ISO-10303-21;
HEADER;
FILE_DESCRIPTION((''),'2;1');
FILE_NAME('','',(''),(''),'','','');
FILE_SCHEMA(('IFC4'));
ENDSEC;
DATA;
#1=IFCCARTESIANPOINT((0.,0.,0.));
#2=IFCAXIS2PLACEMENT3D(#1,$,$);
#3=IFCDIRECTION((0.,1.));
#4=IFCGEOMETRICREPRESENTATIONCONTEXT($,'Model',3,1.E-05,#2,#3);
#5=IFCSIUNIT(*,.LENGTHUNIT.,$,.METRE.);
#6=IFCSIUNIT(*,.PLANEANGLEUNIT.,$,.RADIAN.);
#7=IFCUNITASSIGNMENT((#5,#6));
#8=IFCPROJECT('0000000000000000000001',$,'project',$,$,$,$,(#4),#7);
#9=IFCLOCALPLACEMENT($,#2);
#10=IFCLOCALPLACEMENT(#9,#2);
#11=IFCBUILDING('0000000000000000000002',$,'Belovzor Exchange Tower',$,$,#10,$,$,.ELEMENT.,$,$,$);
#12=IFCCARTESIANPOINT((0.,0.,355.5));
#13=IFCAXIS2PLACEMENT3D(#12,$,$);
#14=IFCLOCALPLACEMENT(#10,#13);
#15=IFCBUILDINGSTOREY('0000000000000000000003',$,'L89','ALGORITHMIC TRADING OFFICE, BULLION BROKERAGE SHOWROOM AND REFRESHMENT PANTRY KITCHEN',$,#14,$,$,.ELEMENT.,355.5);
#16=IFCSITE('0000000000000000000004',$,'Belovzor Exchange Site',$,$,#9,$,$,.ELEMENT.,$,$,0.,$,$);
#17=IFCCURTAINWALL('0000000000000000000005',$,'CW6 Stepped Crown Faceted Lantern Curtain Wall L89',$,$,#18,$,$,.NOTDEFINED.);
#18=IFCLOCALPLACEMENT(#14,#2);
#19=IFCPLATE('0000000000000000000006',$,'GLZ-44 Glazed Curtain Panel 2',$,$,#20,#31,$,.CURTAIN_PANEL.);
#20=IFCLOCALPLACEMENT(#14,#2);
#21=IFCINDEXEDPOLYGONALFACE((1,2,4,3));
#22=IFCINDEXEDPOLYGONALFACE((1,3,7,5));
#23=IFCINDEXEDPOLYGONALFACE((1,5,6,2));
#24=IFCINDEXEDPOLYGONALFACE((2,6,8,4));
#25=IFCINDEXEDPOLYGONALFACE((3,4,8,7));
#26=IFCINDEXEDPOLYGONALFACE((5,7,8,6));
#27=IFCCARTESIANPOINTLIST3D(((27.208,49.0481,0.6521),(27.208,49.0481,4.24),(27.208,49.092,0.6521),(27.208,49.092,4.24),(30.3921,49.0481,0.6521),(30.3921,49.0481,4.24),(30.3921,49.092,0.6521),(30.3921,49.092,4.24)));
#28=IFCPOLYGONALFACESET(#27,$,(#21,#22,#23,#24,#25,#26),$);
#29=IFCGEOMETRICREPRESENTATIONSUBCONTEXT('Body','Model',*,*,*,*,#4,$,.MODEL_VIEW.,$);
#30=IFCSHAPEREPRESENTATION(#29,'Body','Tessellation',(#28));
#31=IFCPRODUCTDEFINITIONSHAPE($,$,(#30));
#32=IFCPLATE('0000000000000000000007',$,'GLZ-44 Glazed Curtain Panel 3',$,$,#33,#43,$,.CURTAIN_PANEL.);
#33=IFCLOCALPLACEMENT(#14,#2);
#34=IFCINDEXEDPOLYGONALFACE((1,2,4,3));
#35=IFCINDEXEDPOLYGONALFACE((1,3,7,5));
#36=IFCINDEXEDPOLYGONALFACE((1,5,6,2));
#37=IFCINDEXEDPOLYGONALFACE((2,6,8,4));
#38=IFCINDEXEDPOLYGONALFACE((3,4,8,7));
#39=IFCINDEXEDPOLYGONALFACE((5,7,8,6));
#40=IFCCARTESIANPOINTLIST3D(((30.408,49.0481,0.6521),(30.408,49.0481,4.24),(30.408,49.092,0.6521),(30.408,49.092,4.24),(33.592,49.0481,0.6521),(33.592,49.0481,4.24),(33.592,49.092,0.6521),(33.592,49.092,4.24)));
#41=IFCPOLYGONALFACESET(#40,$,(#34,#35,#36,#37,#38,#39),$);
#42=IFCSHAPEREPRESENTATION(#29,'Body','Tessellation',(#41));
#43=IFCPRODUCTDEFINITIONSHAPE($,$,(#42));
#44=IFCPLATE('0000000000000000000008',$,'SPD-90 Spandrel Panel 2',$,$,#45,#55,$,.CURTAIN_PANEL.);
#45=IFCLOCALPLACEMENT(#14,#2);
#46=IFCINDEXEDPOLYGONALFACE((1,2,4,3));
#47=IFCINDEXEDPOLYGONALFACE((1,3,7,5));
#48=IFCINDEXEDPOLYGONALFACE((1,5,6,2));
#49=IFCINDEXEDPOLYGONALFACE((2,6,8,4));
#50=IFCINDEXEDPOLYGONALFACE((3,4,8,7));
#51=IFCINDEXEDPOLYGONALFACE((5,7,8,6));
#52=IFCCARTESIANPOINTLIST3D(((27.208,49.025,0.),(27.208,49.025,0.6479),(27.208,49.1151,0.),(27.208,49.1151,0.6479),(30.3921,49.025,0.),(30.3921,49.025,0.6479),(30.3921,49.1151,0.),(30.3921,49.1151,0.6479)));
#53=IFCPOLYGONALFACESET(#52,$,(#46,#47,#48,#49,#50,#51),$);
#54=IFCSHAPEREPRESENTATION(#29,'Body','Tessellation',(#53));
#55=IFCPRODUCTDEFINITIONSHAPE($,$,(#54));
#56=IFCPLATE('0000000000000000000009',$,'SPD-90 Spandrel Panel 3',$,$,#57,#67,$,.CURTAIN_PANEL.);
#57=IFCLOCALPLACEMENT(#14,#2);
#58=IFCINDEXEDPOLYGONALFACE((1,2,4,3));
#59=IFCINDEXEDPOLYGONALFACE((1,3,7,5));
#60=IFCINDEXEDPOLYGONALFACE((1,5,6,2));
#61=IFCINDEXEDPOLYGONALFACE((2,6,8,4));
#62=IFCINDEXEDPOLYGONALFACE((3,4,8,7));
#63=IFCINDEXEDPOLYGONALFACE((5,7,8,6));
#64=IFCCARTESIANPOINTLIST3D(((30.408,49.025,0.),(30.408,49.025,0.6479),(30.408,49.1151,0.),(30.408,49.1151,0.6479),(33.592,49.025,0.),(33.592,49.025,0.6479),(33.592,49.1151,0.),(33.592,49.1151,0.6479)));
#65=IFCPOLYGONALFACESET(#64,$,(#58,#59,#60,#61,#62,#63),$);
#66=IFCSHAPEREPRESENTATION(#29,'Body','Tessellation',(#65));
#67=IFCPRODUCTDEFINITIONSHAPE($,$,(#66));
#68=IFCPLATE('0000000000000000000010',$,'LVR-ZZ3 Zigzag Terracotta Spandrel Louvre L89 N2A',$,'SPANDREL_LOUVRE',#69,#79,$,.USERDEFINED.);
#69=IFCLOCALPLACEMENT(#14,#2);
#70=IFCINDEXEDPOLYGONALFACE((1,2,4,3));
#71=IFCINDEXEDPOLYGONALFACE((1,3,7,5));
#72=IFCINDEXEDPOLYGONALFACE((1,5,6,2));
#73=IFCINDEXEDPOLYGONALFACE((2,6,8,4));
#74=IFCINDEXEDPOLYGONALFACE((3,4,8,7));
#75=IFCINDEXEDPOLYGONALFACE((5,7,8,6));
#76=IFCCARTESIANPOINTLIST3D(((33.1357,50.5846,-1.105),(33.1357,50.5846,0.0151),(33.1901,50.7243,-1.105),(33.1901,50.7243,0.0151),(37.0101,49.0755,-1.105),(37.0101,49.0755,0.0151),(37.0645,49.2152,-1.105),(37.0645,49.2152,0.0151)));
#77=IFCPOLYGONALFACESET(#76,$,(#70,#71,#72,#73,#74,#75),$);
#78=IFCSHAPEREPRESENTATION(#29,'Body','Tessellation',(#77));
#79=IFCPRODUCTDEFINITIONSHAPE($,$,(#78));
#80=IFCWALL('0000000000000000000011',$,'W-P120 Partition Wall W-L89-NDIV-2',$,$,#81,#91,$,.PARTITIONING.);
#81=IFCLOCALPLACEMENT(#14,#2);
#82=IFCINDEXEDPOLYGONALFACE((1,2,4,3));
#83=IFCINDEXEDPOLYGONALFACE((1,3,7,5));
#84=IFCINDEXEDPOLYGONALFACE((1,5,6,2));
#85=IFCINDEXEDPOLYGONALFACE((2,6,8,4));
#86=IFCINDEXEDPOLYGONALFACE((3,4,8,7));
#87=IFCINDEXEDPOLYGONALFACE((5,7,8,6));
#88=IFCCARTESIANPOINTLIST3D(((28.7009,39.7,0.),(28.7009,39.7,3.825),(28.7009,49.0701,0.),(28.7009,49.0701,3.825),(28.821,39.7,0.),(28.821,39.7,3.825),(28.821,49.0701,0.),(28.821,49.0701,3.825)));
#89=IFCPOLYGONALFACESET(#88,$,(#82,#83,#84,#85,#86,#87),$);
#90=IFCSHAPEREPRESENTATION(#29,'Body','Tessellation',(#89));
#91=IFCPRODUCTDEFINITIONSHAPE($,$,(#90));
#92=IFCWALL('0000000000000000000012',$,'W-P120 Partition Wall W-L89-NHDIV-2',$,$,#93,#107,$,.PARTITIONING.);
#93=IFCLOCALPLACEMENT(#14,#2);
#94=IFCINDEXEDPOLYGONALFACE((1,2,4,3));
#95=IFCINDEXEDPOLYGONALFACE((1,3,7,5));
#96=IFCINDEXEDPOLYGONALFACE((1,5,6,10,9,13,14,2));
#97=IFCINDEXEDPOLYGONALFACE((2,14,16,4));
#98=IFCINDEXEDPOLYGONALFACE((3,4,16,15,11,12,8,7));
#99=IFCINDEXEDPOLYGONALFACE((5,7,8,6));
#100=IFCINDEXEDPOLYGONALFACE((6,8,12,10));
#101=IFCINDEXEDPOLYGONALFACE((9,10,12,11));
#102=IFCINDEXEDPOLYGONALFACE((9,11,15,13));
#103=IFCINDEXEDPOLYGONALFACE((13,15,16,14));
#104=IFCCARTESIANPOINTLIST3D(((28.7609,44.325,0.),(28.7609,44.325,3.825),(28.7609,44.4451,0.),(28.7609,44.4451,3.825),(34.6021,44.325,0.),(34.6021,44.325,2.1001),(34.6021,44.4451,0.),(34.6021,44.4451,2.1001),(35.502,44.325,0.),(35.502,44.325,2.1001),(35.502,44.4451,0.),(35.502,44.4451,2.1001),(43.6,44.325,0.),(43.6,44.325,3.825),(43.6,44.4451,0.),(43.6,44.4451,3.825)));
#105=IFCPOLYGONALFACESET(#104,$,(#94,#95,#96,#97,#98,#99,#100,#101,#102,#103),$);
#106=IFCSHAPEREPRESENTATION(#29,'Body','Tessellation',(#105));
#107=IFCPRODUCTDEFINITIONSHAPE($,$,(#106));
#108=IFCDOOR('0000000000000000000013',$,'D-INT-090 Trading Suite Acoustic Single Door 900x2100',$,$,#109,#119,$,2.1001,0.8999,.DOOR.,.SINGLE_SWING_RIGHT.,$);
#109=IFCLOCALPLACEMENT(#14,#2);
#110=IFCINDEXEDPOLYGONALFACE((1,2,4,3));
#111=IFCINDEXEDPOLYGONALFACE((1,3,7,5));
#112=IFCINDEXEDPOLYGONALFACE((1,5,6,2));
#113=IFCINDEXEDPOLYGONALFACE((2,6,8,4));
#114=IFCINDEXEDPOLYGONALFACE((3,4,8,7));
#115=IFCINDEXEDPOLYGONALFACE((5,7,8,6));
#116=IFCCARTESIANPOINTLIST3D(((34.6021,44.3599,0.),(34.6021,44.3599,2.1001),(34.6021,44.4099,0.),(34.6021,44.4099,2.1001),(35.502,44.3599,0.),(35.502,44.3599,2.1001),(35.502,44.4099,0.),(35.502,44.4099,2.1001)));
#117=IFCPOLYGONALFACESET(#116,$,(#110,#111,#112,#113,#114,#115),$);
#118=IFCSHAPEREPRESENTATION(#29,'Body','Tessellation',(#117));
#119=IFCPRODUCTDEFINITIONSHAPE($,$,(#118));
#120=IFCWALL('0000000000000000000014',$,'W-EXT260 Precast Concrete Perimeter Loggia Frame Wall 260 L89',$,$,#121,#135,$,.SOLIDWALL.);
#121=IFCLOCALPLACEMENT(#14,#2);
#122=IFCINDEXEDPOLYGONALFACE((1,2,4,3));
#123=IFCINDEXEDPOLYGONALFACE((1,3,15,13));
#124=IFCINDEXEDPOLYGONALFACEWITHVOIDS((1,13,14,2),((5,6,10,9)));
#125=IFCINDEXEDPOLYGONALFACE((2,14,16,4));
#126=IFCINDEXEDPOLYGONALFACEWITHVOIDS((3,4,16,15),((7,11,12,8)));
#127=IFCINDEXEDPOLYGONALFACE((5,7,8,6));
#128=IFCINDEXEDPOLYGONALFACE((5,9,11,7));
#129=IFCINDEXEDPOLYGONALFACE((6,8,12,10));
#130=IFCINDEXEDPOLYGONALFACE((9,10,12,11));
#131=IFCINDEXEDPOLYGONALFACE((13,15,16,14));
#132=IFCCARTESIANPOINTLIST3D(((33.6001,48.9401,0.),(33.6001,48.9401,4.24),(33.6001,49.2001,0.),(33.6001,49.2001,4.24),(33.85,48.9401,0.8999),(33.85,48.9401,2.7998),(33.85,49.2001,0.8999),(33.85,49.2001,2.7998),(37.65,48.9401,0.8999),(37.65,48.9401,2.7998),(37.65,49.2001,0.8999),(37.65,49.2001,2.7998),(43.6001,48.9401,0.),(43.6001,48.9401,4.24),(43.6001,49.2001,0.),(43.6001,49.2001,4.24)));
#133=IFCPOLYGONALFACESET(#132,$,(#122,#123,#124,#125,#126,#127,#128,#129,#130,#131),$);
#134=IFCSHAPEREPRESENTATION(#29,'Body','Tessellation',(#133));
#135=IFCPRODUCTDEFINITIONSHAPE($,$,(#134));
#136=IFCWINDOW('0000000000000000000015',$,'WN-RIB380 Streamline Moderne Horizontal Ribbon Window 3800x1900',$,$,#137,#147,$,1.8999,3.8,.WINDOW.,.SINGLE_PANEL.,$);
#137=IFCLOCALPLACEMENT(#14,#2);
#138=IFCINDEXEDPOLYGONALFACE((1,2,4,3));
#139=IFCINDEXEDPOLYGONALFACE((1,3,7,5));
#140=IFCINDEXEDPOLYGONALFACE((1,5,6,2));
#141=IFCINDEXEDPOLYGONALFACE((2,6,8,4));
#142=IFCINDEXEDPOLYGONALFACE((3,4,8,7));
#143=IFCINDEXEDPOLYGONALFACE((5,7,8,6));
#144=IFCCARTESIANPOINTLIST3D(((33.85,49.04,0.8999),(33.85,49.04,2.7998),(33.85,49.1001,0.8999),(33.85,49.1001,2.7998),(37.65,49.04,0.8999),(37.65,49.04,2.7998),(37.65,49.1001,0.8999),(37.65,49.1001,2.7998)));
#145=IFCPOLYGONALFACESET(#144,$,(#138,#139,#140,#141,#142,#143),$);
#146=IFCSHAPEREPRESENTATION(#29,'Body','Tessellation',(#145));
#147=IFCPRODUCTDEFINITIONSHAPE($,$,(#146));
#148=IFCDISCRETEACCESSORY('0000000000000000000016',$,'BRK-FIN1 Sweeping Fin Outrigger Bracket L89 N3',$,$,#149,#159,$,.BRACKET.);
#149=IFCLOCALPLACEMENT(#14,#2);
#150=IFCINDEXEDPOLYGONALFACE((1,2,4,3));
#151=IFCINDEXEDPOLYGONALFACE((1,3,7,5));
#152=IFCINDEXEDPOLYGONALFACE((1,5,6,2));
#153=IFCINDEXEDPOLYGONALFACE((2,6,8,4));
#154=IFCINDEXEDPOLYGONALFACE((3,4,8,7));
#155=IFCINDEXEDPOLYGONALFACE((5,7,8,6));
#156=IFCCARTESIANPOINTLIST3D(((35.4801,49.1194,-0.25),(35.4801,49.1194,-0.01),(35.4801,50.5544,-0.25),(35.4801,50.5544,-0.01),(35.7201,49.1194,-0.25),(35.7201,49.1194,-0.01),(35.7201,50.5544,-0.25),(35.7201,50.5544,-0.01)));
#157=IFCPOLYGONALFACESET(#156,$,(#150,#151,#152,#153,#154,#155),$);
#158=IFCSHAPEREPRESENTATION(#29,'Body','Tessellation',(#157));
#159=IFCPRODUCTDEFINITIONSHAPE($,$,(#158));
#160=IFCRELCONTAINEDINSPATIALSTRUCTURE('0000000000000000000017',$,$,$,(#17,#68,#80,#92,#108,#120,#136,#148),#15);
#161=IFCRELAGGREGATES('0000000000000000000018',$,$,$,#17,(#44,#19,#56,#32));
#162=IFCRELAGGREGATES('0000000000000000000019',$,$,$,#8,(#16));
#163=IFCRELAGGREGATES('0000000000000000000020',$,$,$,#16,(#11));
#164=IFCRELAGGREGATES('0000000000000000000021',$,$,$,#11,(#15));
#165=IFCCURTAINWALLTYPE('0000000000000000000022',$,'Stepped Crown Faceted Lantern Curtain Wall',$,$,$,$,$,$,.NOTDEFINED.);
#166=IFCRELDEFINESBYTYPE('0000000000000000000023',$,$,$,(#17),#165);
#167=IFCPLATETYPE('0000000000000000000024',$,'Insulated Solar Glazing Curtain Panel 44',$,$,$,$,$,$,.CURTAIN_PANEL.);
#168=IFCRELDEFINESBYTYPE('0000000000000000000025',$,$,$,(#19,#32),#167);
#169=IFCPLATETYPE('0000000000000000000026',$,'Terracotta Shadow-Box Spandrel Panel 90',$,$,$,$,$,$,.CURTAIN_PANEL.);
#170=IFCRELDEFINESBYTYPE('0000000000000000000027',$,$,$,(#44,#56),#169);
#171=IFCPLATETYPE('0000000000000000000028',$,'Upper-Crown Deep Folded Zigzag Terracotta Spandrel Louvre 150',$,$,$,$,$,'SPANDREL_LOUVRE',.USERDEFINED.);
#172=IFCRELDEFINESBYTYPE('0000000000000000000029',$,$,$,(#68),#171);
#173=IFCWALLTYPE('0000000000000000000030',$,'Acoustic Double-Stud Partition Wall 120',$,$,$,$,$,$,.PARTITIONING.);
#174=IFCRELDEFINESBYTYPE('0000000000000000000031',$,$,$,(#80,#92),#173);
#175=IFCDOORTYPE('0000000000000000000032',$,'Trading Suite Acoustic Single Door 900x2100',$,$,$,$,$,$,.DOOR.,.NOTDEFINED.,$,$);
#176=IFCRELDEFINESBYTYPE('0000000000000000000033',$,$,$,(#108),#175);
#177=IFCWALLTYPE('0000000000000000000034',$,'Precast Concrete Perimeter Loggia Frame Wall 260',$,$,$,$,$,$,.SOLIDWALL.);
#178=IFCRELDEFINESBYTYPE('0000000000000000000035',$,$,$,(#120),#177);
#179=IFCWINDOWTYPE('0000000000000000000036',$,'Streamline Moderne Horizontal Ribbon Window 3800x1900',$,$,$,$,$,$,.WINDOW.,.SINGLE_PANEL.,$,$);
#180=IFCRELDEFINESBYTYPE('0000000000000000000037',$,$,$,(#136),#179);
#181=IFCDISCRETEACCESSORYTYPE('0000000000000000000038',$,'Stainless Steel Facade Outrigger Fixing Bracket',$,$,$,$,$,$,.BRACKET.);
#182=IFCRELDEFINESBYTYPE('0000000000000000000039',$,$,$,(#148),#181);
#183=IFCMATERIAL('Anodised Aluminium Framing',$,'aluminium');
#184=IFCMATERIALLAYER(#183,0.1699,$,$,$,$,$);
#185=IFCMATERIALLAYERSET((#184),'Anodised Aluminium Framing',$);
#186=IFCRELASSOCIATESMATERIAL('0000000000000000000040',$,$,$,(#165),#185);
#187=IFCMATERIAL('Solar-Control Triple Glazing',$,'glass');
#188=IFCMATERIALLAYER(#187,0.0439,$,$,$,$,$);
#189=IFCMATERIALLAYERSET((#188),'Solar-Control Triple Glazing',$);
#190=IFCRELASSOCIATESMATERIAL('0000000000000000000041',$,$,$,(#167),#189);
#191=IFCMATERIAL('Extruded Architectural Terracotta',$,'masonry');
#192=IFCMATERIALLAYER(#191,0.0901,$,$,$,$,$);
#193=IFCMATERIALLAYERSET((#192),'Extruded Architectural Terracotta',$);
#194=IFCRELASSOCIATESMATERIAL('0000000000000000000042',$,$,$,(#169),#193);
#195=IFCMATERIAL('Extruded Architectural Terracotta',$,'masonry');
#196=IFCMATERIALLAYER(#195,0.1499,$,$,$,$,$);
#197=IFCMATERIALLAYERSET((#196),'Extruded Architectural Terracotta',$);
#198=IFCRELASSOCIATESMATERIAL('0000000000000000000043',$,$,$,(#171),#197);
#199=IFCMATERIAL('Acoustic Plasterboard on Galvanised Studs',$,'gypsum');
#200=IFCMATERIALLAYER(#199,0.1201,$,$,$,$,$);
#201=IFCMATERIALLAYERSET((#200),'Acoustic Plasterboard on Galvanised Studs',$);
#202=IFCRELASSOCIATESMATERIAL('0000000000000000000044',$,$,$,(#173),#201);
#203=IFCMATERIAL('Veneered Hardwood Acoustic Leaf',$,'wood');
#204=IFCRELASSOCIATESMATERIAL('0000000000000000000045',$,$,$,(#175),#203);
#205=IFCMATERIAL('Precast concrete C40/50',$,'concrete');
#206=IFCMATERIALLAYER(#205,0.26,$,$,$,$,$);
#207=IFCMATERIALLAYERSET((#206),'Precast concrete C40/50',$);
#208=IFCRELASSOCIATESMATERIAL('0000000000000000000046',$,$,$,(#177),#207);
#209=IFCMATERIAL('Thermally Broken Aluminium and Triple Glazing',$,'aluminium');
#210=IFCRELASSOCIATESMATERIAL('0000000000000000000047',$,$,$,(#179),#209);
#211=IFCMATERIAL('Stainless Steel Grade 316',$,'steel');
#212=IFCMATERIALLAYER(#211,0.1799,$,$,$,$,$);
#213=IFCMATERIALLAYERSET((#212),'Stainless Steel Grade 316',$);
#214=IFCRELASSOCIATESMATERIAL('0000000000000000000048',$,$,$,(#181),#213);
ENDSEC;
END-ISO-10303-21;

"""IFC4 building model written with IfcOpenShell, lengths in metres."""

from ifc_helpers import new_model, si_unit, direction, frame, frame_2d, origin, origin_2d, place, context, subcontext, project, spatial, rectangle, extrude, material, layer, layer_set, type_object, element, fill, aggregate, save


model = new_model("IFC4")

# Units and contexts
model_context = context("Model", 3, precision=1e-05, world=origin(), true_north=direction((0.0, 1.0)))
body_context = subcontext(model_context, "Body", "Model", "MODEL_VIEW")
ifc_project = project(units=[si_unit("LENGTHUNIT", "METRE"), si_unit("PLANEANGLEUNIT", "RADIAN")], contexts=[model_context])

# Site, building, storey
site_placement = place(None, origin())
site = spatial("IfcSite", under=ifc_project, at=site_placement, Name="Belovzor Exchange Site", CompositionType="ELEMENT", RefElevation=0.0)
building_placement = place(site_placement, origin())
building = spatial("IfcBuilding", under=site, at=building_placement, Name="Belovzor Exchange Tower", CompositionType="ELEMENT")
storey_placement = place(building_placement, frame((0.0, 0.0, 355.5)))
storey = spatial("IfcBuildingStorey", under=building, at=storey_placement, Name="L89", Description="ALGORITHMIC TRADING OFFICE, BULLION BROKERAGE SHOWROOM AND REFRESHMENT PANTRY KITCHEN", CompositionType="ELEMENT", Elevation=355.5)

# Curtain wall
ifc_material_1 = material(Name="Anodised Aluminium Framing", Category="aluminium")
ifc_layer_1 = layer(ifc_material_1, 0.1699)
ifc_layer_set_1 = layer_set([ifc_layer_1], Name="Anodised Aluminium Framing")
curtain_wall_type = type_object("IfcCurtainWallType", Name="Stepped Crown Faceted Lantern Curtain Wall", PredefinedType="NOTDEFINED", material=ifc_layer_set_1)
curtain_wall_placement = place(storey_placement, origin())
curtain_wall = element("IfcCurtainWall", 1, at=curtain_wall_placement, inside=storey, type_object=curtain_wall_type, Name="CW6 Stepped Crown Faceted Lantern Curtain Wall L89", PredefinedType="NOTDEFINED")

# Plates
ifc_material_2 = material(Name="Solar-Control Triple Glazing", Category="glass")
ifc_layer_2 = layer(ifc_material_2, 0.0439)
ifc_layer_set_2 = layer_set([ifc_layer_2], Name="Solar-Control Triple Glazing")
plate_type_1 = type_object("IfcPlateType", Name="Insulated Solar Glazing Curtain Panel 44", PredefinedType="CURTAIN_PANEL", material=ifc_layer_set_2)
plate_1_placement = place(storey_placement, frame((28.8, 49.0701, 0.6521), z_axis=(0.0, 0.0, 1.0), x_axis=(1.0, 0.0, 0.0)))
plate_1 = element("IfcPlate", 2, at=plate_1_placement, type_object=plate_type_1, Name="GLZ-44 Glazed Curtain Panel 2", PredefinedType="CURTAIN_PANEL", context=body_context, shape_type="SweptSolid", body=[
    extrude(rectangle(XDim=3.1841, YDim=0.0439, at=origin_2d()), origin(), (0.0, 0.0, 1.0), 3.5879),
])
plate_2_placement = place(storey_placement, frame((32.0, 49.0701, 0.6521), z_axis=(0.0, 0.0, 1.0), x_axis=(1.0, 0.0, 0.0)))
plate_2 = element("IfcPlate", 3, at=plate_2_placement, type_object=plate_type_1, Name="GLZ-44 Glazed Curtain Panel 3", PredefinedType="CURTAIN_PANEL", context=body_context, shape_type="SweptSolid", body=[
    extrude(rectangle(XDim=3.1841, YDim=0.0439, at=origin_2d()), origin(), (0.0, 0.0, 1.0), 3.5879),
])
ifc_material_3 = material(Name="Extruded Architectural Terracotta", Category="masonry")
ifc_layer_3 = layer(ifc_material_3, 0.0901)
ifc_layer_set_3 = layer_set([ifc_layer_3], Name="Extruded Architectural Terracotta")
plate_type_2 = type_object("IfcPlateType", Name="Terracotta Shadow-Box Spandrel Panel 90", PredefinedType="CURTAIN_PANEL", material=ifc_layer_set_3)
plate_3_placement = place(storey_placement, frame((28.8, 49.0701, 0.0), z_axis=(0.0, 0.0, 1.0), x_axis=(1.0, 0.0, 0.0)))
plate_3 = element("IfcPlate", 4, at=plate_3_placement, type_object=plate_type_2, Name="SPD-90 Spandrel Panel 2", PredefinedType="CURTAIN_PANEL", context=body_context, shape_type="SweptSolid", body=[
    extrude(rectangle(XDim=3.1841, YDim=0.0901, at=origin_2d()), origin(), (0.0, 0.0, 1.0), 0.6479),
])
plate_4_placement = place(storey_placement, frame((32.0, 49.0701, 0.0), z_axis=(0.0, 0.0, 1.0), x_axis=(1.0, 0.0, 0.0)))
plate_4 = element("IfcPlate", 5, at=plate_4_placement, type_object=plate_type_2, Name="SPD-90 Spandrel Panel 3", PredefinedType="CURTAIN_PANEL", context=body_context, shape_type="SweptSolid", body=[
    extrude(rectangle(XDim=3.1841, YDim=0.0901, at=origin_2d()), origin(), (0.0, 0.0, 1.0), 0.6479),
])
aggregate(curtain_wall, [plate_3, plate_1, plate_4, plate_2])
ifc_material_4 = material(Name="Extruded Architectural Terracotta", Category="masonry")
ifc_layer_4 = layer(ifc_material_4, 0.1499)
ifc_layer_set_4 = layer_set([ifc_layer_4], Name="Extruded Architectural Terracotta")
plate_type_3 = type_object("IfcPlateType", Name="Upper-Crown Deep Folded Zigzag Terracotta Spandrel Louvre 150", ElementType="SPANDREL_LOUVRE", PredefinedType="USERDEFINED", material=ifc_layer_set_4)
plate_5_placement = place(storey_placement, frame((35.1001, 49.8999, -1.105), z_axis=(0.0, 0.0, 1.0), x_axis=(0.931818, -0.362926, 0.0)))
element("IfcPlate", 6, at=plate_5_placement, inside=storey, type_object=plate_type_3, Name="LVR-ZZ3 Zigzag Terracotta Spandrel Louvre L89 N2A", ObjectType="SPANDREL_LOUVRE", PredefinedType="USERDEFINED", context=body_context, shape_type="SweptSolid", body=[
    extrude(rectangle(XDim=4.158, YDim=0.1499, at=origin_2d()), origin(), (0.0, 0.0, 1.0), 1.1201),
])

# Wall
ifc_material_5 = material(Name="Acoustic Plasterboard on Galvanised Studs", Category="gypsum")
ifc_layer_5 = layer(ifc_material_5, 0.1201)
ifc_layer_set_5 = layer_set([ifc_layer_5], Name="Acoustic Plasterboard on Galvanised Studs")
wall_type_1 = type_object("IfcWallType", Name="Acoustic Double-Stud Partition Wall 120", PredefinedType="PARTITIONING", material=ifc_layer_set_5)
wall_1_placement = place(storey_placement, frame((28.761, 39.7, 0.0), z_axis=(0.0, 0.0, 1.0), x_axis=(0.0, 1.0, 0.0)))
element("IfcWall", 7, at=wall_1_placement, inside=storey, type_object=wall_type_1, Name="W-P120 Partition Wall W-L89-NDIV-2", PredefinedType="PARTITIONING", context=body_context, shape_type="SweptSolid", body=[
    extrude(rectangle(XDim=9.3701, YDim=0.1201, at=frame_2d((4.6851, 0.0))), origin(), (0.0, 0.0, 1.0), 3.825),
])

# Wall, opening, door
wall_2_placement = place(storey_placement, frame((28.761, 44.385, 0.0), z_axis=(0.0, 0.0, 1.0), x_axis=(1.0, 0.0, 0.0)))
wall_2 = element("IfcWall", 8, at=wall_2_placement, inside=storey, type_object=wall_type_1, Name="W-P120 Partition Wall W-L89-NHDIV-2", PredefinedType="PARTITIONING", context=body_context, shape_type="SweptSolid", body=[
    extrude(rectangle(XDim=14.8391, YDim=0.1201, at=frame_2d((7.4194, 0.0))), origin(), (0.0, 0.0, 1.0), 3.825),
])
opening_1_placement = place(wall_2_placement, frame((5.8411, 0.0, 0.0)))
opening_1 = element("IfcOpeningElement", 9, at=opening_1_placement, cuts=wall_2, PredefinedType="OPENING", context=body_context, shape_type="SweptSolid", body=[
    extrude(rectangle(XDim=0.8999, YDim=2.1001, at=frame_2d((0.45, 1.05))), frame((0.0, 0.0701, 0.0), z_axis=(0.0, -1.0, 0.0), x_axis=(1.0, 0.0, 0.0)), (0.0, 0.0, 1.0), 0.1401),
])
ifc_material_6 = material(Name="Veneered Hardwood Acoustic Leaf", Category="wood")
door_type = type_object("IfcDoorType", Name="Trading Suite Acoustic Single Door 900x2100", OperationType="NOTDEFINED", PredefinedType="DOOR", material=ifc_material_6)
door_placement = place(opening_1_placement, origin())
door = element("IfcDoor", 10, at=door_placement, inside=storey, type_object=door_type, Name="D-INT-090 Trading Suite Acoustic Single Door 900x2100", OperationType="SINGLE_SWING_RIGHT", OverallHeight=2.1001, OverallWidth=0.8999, PredefinedType="DOOR", context=body_context, shape_type="SweptSolid", body=[
    extrude(rectangle(XDim=0.8999, YDim=2.1001, at=frame_2d((0.45, 1.05))), frame((0.0, 0.0249, 0.0), z_axis=(0.0, -1.0, 0.0), x_axis=(1.0, 0.0, 0.0)), (0.0, 0.0, 1.0), 0.05),
])
fill(opening_1, door)

# Wall, opening, window
ifc_material_7 = material(Name="Precast concrete C40/50", Category="concrete")
ifc_layer_6 = layer(ifc_material_7, 0.26)
ifc_layer_set_6 = layer_set([ifc_layer_6], Name="Precast concrete C40/50")
wall_type_2 = type_object("IfcWallType", Name="Precast Concrete Perimeter Loggia Frame Wall 260", PredefinedType="SOLIDWALL", material=ifc_layer_set_6)
wall_3_placement = place(storey_placement, frame((33.6001, 49.0701, 0.0), z_axis=(0.0, 0.0, 1.0), x_axis=(1.0, 0.0, 0.0)))
wall_3 = element("IfcWall", 11, at=wall_3_placement, inside=storey, type_object=wall_type_2, Name="W-EXT260 Precast Concrete Perimeter Loggia Frame Wall 260 L89", PredefinedType="SOLIDWALL", context=body_context, shape_type="SweptSolid", body=[
    extrude(rectangle(XDim=10.0, YDim=0.26, at=frame_2d((5.0, 0.0))), origin(), (0.0, 0.0, 1.0), 4.24),
])
opening_2_placement = place(wall_3_placement, frame((0.25, 0.0, 0.8999)))
opening_2 = element("IfcOpeningElement", 12, at=opening_2_placement, cuts=wall_3, PredefinedType="OPENING", context=body_context, shape_type="SweptSolid", body=[
    extrude(rectangle(XDim=3.8, YDim=1.8999, at=frame_2d((1.8999, 0.95))), frame((0.0, 0.1399, 0.0), z_axis=(0.0, -1.0, 0.0), x_axis=(1.0, 0.0, 0.0)), (0.0, 0.0, 1.0), 0.28),
])
ifc_material_8 = material(Name="Thermally Broken Aluminium and Triple Glazing", Category="aluminium")
window_type = type_object("IfcWindowType", Name="Streamline Moderne Horizontal Ribbon Window 3800x1900", PartitioningType="SINGLE_PANEL", PredefinedType="WINDOW", material=ifc_material_8)
window_placement = place(opening_2_placement, origin())
window = element("IfcWindow", 13, at=window_placement, inside=storey, type_object=window_type, Name="WN-RIB380 Streamline Moderne Horizontal Ribbon Window 3800x1900", OverallHeight=1.8999, OverallWidth=3.8, PartitioningType="SINGLE_PANEL", PredefinedType="WINDOW", context=body_context, shape_type="SweptSolid", body=[
    extrude(rectangle(XDim=3.8, YDim=1.8999, at=frame_2d((1.8999, 0.95))), frame((0.0, 0.03, 0.0), z_axis=(0.0, -1.0, 0.0), x_axis=(1.0, 0.0, 0.0)), (0.0, 0.0, 1.0), 0.0601),
])
fill(opening_2, window)

# Discrete accessory
ifc_material_9 = material(Name="Stainless Steel Grade 316", Category="steel")
ifc_layer_7 = layer(ifc_material_9, 0.1799)
ifc_layer_set_7 = layer_set([ifc_layer_7], Name="Stainless Steel Grade 316")
discrete_accessory_type = type_object("IfcDiscreteAccessoryType", Name="Stainless Steel Facade Outrigger Fixing Bracket", PredefinedType="BRACKET", material=ifc_layer_set_7)
discrete_accessory_placement = place(storey_placement, frame((35.6001, 49.8369, -0.25), z_axis=(0.0, 0.0, 1.0), x_axis=(0.0, 1.0, 0.0)))
element("IfcDiscreteAccessory", 14, at=discrete_accessory_placement, inside=storey, type_object=discrete_accessory_type, Name="BRK-FIN1 Sweeping Fin Outrigger Bracket L89 N3", PredefinedType="BRACKET", context=body_context, shape_type="SweptSolid", body=[
    extrude(rectangle(XDim=1.4351, YDim=0.24, at=origin_2d()), origin(), (0.0, 0.0, 1.0), 0.24),
])

save(model, "model.ifc")
